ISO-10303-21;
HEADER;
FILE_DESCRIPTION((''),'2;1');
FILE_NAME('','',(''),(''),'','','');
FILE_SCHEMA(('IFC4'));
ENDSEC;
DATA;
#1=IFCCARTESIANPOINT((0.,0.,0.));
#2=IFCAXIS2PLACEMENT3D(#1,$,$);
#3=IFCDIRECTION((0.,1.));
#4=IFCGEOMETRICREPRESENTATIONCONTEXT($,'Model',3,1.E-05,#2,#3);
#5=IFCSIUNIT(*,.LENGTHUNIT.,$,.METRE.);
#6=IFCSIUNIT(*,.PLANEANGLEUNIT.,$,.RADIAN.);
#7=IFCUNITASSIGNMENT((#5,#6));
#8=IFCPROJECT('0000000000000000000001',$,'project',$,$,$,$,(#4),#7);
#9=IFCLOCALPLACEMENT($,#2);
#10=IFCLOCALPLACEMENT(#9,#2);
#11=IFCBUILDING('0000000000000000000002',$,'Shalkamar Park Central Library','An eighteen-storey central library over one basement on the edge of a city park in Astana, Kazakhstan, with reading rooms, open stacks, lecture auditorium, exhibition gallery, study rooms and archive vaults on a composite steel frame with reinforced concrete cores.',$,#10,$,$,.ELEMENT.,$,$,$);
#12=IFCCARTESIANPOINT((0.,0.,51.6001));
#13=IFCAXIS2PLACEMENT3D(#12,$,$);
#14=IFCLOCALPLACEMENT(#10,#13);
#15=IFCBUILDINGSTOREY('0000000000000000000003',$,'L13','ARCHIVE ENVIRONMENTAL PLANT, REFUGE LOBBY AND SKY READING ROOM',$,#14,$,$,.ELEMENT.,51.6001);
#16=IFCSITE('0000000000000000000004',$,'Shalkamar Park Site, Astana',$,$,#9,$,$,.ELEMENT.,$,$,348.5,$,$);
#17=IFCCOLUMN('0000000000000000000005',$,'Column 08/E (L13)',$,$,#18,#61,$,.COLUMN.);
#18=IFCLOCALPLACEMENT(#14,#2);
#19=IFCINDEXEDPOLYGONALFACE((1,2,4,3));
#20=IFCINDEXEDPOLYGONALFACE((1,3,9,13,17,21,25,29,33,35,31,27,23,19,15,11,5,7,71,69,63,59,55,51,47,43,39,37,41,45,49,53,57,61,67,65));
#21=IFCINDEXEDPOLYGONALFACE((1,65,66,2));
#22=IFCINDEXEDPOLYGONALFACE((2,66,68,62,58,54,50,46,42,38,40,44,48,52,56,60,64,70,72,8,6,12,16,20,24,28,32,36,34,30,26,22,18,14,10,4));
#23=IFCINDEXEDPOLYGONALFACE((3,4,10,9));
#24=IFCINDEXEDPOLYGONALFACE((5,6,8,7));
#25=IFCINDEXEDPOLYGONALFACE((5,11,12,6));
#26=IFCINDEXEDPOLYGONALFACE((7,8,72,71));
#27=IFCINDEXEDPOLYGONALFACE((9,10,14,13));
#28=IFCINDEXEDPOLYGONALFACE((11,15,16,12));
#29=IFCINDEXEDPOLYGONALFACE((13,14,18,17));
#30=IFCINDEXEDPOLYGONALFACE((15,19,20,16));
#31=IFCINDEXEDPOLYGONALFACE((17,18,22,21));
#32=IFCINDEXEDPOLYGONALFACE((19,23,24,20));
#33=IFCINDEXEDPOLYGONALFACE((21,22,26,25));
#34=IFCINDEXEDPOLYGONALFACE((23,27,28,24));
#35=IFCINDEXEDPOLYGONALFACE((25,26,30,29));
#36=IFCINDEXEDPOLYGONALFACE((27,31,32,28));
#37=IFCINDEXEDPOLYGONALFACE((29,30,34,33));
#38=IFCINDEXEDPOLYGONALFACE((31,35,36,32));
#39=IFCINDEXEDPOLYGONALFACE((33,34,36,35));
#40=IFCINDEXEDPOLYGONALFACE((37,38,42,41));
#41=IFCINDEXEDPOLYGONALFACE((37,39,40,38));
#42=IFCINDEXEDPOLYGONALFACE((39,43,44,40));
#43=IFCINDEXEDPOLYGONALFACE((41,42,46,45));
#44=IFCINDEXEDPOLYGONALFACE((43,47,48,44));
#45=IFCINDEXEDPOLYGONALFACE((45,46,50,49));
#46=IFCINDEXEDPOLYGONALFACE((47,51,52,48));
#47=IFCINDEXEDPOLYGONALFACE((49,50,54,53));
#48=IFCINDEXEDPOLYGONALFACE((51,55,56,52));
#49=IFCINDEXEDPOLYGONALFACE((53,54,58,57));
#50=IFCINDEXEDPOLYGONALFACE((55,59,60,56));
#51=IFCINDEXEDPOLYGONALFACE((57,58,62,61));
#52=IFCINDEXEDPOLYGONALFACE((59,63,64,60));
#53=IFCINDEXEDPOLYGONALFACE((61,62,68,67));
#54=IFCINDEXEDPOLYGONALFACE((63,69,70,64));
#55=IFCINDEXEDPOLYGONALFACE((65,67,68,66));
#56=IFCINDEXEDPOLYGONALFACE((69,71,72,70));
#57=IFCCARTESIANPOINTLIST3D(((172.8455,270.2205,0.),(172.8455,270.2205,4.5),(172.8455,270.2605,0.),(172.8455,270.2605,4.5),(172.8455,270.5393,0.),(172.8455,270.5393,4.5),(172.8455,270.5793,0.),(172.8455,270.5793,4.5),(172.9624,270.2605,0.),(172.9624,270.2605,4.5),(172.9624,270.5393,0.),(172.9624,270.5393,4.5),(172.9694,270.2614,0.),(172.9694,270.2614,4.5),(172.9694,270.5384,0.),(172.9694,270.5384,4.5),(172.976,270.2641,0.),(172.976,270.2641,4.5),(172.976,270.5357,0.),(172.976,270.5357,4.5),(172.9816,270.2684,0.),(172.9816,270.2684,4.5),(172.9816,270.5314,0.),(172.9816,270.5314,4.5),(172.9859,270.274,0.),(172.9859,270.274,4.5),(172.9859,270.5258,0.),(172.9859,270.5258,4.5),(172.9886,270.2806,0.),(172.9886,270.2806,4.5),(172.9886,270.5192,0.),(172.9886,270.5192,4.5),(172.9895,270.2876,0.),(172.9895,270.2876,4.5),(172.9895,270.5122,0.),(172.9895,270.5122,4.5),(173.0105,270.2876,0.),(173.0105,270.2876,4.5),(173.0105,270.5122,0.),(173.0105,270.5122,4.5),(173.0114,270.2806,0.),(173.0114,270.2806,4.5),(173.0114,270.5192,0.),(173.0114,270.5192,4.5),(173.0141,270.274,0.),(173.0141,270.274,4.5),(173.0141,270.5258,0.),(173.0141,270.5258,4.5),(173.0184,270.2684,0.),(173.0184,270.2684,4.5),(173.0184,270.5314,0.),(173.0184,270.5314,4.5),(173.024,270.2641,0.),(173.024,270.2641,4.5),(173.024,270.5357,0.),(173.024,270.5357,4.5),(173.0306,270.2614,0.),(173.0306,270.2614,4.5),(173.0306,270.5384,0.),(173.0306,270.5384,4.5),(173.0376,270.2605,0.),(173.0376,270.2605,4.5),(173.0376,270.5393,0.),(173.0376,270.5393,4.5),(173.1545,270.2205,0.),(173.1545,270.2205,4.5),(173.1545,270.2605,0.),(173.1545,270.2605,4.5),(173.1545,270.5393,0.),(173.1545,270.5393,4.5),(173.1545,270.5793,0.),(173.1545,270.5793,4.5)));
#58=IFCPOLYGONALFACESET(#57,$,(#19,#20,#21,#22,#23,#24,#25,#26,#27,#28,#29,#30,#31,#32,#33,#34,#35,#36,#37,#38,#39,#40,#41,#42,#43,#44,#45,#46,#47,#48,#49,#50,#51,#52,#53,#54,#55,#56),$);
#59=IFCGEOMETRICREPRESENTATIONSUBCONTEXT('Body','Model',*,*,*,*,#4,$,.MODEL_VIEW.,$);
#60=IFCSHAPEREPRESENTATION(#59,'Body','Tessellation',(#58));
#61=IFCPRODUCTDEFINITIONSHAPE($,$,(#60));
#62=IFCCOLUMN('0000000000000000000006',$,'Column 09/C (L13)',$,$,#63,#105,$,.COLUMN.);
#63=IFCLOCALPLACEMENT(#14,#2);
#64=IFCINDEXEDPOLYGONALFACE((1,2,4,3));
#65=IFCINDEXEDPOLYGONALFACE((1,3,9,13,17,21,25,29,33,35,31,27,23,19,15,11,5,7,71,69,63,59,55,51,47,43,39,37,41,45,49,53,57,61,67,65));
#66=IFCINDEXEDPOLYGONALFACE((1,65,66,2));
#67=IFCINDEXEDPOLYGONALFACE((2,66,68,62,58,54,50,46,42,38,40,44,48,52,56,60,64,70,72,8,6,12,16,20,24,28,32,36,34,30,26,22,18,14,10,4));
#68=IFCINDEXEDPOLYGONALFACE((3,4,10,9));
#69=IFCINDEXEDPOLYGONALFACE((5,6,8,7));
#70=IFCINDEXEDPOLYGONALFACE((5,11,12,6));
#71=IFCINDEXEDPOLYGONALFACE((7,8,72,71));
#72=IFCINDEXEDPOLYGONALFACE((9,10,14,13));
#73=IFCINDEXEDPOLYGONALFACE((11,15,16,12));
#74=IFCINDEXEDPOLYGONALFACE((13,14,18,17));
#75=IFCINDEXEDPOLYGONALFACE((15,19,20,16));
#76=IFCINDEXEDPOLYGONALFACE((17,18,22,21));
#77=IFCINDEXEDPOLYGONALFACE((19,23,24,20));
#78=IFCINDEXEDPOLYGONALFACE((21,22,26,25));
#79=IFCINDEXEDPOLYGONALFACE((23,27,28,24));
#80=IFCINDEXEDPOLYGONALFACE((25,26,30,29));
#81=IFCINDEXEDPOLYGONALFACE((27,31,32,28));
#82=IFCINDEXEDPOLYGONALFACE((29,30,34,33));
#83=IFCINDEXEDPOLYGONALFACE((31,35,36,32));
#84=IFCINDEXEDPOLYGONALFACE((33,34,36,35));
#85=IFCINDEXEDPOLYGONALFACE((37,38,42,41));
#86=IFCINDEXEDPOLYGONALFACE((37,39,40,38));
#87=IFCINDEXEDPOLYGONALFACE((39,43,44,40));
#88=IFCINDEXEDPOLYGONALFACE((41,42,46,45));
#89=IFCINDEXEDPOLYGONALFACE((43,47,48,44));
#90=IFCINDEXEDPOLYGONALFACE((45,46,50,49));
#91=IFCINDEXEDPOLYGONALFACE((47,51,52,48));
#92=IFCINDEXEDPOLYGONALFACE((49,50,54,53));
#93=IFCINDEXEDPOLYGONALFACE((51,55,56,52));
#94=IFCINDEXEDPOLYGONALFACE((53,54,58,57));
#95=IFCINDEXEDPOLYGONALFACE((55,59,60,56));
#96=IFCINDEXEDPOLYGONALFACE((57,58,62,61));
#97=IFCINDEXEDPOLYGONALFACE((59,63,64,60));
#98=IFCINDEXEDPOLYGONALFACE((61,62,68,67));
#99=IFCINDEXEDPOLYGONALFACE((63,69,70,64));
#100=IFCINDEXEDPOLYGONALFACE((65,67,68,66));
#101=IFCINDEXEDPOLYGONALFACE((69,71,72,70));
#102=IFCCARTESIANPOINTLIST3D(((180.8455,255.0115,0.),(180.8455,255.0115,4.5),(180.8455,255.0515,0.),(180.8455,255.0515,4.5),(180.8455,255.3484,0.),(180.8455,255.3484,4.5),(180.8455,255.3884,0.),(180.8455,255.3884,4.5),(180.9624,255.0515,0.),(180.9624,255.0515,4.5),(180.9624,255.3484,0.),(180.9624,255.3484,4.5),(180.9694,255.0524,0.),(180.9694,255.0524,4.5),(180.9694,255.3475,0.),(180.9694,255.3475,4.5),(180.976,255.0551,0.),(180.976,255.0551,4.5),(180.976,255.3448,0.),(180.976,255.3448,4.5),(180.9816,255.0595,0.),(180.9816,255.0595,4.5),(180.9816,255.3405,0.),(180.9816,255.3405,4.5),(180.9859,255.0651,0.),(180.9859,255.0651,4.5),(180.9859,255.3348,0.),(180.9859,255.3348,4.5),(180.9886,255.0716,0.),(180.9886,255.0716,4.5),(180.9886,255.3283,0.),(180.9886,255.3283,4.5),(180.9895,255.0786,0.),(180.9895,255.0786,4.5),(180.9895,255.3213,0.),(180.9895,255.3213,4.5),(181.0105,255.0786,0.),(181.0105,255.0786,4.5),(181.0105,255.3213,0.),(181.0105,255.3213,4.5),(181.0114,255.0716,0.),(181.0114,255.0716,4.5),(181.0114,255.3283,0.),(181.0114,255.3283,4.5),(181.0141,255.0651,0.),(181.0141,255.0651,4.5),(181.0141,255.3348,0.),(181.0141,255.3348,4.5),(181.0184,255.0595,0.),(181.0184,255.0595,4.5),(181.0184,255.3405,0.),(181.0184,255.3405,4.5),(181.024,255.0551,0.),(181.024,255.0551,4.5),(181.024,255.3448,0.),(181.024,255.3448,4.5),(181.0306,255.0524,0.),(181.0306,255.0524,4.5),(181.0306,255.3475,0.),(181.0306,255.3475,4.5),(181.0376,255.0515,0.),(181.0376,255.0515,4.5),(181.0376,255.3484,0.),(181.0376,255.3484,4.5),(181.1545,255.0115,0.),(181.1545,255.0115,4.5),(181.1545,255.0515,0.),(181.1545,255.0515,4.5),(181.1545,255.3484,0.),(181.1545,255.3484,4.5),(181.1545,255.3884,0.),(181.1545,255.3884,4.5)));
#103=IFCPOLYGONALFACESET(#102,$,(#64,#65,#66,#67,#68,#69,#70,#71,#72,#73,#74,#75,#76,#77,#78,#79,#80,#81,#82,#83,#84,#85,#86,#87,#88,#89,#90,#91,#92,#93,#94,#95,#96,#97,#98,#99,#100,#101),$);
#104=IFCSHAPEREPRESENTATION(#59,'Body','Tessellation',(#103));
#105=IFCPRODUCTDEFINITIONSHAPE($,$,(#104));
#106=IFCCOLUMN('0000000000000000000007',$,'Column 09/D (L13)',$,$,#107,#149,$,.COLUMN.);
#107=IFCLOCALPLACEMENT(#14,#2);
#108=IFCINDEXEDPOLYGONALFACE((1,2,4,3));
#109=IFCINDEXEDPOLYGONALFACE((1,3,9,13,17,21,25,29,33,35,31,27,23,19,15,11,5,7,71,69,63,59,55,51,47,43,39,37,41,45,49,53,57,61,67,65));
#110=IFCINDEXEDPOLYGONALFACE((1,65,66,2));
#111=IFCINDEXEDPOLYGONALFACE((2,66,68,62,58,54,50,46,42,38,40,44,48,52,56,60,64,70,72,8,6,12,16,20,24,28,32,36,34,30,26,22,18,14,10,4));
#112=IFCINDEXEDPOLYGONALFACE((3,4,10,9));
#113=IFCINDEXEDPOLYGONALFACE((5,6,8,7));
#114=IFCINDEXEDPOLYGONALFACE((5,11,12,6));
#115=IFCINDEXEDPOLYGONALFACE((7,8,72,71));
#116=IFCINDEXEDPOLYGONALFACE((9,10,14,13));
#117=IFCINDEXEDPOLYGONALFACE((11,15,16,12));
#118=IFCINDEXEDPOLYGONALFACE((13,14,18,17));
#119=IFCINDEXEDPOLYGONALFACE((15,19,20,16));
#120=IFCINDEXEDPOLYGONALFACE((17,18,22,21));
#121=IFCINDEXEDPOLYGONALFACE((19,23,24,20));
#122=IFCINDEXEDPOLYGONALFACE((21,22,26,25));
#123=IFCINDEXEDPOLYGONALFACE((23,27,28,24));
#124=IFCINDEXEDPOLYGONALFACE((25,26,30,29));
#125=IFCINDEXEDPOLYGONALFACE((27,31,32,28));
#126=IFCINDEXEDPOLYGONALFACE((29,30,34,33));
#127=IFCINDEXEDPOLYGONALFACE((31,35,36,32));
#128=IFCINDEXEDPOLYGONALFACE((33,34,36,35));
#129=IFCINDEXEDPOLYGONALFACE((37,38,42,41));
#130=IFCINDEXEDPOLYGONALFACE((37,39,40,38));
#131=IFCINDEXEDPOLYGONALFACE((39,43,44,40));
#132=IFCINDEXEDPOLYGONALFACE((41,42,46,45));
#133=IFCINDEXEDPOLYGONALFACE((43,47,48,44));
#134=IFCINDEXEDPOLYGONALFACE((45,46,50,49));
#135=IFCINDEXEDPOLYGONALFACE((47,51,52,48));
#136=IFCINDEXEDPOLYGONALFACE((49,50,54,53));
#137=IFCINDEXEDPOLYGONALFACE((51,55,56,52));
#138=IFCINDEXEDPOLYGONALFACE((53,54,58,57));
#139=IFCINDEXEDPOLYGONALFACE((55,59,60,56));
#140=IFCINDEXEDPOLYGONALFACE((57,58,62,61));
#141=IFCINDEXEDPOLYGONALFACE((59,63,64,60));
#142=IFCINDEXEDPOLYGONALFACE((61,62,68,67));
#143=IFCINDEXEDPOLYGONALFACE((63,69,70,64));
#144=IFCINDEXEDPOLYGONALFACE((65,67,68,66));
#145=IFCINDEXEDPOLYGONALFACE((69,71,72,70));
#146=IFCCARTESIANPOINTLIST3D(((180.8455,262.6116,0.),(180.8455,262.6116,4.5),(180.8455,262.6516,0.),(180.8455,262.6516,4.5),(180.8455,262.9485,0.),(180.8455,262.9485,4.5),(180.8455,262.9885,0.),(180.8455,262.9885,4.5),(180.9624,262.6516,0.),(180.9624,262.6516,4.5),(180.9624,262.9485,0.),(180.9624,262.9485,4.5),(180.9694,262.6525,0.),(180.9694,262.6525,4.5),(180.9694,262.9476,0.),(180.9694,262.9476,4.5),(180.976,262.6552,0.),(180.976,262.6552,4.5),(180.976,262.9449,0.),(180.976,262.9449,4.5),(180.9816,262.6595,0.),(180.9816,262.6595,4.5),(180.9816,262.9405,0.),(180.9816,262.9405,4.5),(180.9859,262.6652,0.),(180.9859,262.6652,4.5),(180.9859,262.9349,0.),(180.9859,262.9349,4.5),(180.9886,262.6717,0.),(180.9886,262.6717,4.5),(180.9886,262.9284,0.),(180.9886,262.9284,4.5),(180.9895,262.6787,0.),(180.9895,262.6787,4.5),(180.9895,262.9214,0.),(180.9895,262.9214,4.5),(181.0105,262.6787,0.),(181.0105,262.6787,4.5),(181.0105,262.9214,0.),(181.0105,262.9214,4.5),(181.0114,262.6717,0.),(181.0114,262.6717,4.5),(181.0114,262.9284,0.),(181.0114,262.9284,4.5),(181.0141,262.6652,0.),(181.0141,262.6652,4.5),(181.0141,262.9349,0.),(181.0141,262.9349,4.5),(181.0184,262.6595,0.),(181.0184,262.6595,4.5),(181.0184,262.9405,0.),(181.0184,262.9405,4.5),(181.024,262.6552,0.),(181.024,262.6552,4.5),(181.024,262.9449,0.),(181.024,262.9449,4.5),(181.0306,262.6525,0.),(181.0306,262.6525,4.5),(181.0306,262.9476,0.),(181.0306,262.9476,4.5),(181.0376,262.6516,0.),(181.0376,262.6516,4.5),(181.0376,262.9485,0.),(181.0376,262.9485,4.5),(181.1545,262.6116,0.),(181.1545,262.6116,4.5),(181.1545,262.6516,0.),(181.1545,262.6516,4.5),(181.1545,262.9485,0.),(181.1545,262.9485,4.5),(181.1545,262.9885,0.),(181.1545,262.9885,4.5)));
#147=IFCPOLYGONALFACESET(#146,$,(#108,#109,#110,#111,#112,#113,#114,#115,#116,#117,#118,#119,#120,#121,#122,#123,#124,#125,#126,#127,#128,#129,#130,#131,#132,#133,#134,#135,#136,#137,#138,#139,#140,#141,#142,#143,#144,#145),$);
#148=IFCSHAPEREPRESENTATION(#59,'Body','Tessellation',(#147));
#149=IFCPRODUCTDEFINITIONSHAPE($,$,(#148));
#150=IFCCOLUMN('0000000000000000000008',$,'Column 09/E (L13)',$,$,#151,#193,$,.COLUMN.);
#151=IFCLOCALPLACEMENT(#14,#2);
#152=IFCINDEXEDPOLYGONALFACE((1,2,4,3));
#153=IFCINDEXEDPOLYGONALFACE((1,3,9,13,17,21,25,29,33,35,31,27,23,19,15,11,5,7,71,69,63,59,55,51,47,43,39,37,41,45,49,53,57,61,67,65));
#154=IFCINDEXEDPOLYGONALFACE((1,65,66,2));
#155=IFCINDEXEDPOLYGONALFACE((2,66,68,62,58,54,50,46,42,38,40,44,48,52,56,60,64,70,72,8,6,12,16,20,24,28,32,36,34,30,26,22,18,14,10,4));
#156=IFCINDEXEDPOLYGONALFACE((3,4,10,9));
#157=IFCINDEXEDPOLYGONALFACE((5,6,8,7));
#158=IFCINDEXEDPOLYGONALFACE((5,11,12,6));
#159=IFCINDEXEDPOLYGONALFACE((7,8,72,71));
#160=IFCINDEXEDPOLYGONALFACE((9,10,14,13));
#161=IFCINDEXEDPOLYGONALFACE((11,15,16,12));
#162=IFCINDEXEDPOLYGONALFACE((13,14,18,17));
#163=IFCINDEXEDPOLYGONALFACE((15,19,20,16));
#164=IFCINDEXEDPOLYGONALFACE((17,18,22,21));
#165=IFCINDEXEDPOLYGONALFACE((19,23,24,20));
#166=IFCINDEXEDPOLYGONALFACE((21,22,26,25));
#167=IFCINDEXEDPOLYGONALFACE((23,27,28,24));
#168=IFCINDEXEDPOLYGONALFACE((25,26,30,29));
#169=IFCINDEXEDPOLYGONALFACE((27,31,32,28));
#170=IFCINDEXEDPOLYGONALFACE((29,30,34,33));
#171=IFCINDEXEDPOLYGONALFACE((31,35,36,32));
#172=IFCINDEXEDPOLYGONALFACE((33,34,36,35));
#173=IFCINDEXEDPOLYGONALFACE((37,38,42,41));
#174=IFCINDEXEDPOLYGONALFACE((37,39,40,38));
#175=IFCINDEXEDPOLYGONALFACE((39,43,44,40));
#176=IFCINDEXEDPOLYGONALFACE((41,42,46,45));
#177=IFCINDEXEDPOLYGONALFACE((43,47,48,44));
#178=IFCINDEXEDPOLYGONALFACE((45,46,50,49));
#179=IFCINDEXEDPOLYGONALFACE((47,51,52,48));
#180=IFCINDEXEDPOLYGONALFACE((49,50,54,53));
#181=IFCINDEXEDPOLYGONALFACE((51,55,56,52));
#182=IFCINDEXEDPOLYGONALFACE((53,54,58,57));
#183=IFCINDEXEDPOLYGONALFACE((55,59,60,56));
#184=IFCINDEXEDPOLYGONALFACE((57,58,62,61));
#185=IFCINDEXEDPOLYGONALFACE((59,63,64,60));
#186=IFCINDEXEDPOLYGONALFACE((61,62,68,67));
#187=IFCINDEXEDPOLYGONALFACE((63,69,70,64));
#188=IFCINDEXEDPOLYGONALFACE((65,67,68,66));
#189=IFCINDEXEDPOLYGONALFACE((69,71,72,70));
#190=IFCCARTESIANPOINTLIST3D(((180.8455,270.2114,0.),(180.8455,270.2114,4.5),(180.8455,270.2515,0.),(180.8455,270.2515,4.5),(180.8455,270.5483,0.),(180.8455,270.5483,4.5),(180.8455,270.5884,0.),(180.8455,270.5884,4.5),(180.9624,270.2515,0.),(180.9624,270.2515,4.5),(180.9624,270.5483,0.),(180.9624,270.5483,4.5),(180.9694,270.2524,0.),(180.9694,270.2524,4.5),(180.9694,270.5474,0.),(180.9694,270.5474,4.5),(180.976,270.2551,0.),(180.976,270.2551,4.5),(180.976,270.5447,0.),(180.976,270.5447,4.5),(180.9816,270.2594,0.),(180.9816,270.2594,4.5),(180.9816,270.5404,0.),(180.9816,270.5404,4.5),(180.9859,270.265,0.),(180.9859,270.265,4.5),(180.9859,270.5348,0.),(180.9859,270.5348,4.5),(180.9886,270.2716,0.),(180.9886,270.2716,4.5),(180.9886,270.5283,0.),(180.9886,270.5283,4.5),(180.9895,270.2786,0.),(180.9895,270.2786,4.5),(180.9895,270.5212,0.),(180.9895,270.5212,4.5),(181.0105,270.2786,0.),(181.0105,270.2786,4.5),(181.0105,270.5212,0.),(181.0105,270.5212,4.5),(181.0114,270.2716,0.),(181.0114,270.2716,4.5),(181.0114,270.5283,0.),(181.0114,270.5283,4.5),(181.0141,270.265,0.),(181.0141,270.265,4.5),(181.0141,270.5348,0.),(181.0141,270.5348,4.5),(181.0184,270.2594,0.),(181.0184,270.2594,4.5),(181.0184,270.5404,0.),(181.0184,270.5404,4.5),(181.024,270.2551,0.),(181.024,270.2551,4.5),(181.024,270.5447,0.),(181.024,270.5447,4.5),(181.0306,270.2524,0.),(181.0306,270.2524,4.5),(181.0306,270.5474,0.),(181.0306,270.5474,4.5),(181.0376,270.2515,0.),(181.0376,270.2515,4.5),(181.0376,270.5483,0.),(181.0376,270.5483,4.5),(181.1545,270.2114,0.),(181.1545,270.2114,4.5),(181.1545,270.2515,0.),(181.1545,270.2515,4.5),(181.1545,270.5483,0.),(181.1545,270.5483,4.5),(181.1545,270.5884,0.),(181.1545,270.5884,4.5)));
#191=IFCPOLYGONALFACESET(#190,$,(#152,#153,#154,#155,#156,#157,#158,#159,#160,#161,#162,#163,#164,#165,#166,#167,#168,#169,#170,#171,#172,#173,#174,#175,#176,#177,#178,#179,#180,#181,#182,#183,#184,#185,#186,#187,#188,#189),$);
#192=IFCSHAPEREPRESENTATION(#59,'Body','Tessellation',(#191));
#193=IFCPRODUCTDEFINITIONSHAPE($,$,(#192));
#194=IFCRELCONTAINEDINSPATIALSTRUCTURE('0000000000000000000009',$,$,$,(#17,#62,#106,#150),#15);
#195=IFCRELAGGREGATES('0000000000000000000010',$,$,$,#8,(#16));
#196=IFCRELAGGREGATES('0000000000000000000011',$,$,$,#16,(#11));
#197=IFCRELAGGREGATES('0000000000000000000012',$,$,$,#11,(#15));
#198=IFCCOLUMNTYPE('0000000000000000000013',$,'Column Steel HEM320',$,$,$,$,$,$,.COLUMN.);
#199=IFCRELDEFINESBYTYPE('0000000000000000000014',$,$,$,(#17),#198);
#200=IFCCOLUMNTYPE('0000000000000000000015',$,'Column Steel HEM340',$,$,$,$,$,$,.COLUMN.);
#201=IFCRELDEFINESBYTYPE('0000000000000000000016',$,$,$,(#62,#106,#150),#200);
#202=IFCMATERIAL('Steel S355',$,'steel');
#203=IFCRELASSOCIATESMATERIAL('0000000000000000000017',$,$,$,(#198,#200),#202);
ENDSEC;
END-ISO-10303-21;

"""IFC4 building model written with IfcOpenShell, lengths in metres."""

from ifc_helpers import new_model, si_unit, direction, frame, origin, origin_2d, place, context, subcontext, project, spatial, i_section, extrude, material, material_profile, profile_set, type_object, element, save


model = new_model("IFC4")

# Units and contexts
model_context = context("Model", 3, precision=1e-05, world=origin(), true_north=direction((0.0, 1.0)))
body_context = subcontext(model_context, "Body", "Model", "MODEL_VIEW")
ifc_project = project(units=[si_unit("LENGTHUNIT", "METRE"), si_unit("PLANEANGLEUNIT", "RADIAN")], contexts=[model_context])

# Site, building, storey
site_placement = place(None, origin())
site = spatial("IfcSite", under=ifc_project, at=site_placement, Name="Shalkamar Park Site, Astana", CompositionType="ELEMENT", RefElevation=348.5)
building_placement = place(site_placement, origin())
building = spatial("IfcBuilding", under=site, at=building_placement, Name="Shalkamar Park Central Library", Description="An eighteen-storey central library over one basement on the edge of a city park in Astana, Kazakhstan, with reading rooms, open stacks, lecture auditorium, exhibition gallery, study rooms and archive vaults on a composite steel frame with reinforced concrete cores.", CompositionType="ELEMENT")
storey_placement = place(building_placement, frame((0.0, 0.0, 51.6001)))
storey = spatial("IfcBuildingStorey", under=building, at=storey_placement, Name="L13", Description="ARCHIVE ENVIRONMENTAL PLANT, REFUGE LOBBY AND SKY READING ROOM", CompositionType="ELEMENT", Elevation=51.6001)

# Columns
ifc_material_1 = material(Name="Steel S355", Category="steel")
ifc_material_profile_1 = material_profile(ifc_material_1, i_section(OverallWidth=0.3091, OverallDepth=0.3589, WebThickness=0.021, FlangeThickness=0.04, FilletRadius=0.0271, at=origin_2d()), Name="HEM 320")
ifc_profile_set_1 = profile_set([ifc_material_profile_1], Name="Steel S355")
column_type_1 = type_object("IfcColumnType", Name="Column Steel HEM320", PredefinedType="COLUMN", material=ifc_profile_set_1)
column_placement = place(storey_placement, frame((173.0, 270.3999, 0.0), z_axis=(0.0, 0.0, 1.0), x_axis=(1.0, 0.0, 0.0)))
element("IfcColumn", 1, at=column_placement, inside=storey, type_object=column_type_1, Name="Column 08/E (L13)", PredefinedType="COLUMN", context=body_context, shape_type="SweptSolid", body=[
    extrude(i_section(OverallWidth=0.3091, OverallDepth=0.3589, WebThickness=0.021, FlangeThickness=0.04, FilletRadius=0.0271, at=origin_2d()), origin(), (0.0, 0.0, 1.0), 4.5),
])
ifc_material_profile_2 = material_profile(ifc_material_1, i_section(OverallWidth=0.3091, OverallDepth=0.377, WebThickness=0.021, FlangeThickness=0.04, FilletRadius=0.0271, at=origin_2d()), Name="HEM 340")
ifc_profile_set_2 = profile_set([ifc_material_profile_2], Name="Steel S355")
column_type_2 = type_object("IfcColumnType", Name="Column Steel HEM340", PredefinedType="COLUMN", material=ifc_profile_set_2)
for number, where, z_axis, x_axis, name in (
    (2, (181.0, 255.2, 0.0), (0.0, 0.0, 1.0), (1.0, 0.0, 0.0), "Column 09/C (L13)"),
    (3, (181.0, 262.8, 0.0), (0.0, 0.0, 1.0), (1.0, 0.0, 0.0), "Column 09/D (L13)"),
    (4, (181.0, 270.3999, 0.0), (0.0, 0.0, 1.0), (1.0, 0.0, 0.0), "Column 09/E (L13)"),
):
    element("IfcColumn", number, at=place(storey_placement, frame(where, z_axis=z_axis, x_axis=x_axis)), inside=storey, type_object=column_type_2, Name=name, PredefinedType="COLUMN", context=body_context, shape_type="SweptSolid", body=[
        extrude(i_section(OverallWidth=0.3091, OverallDepth=0.377, WebThickness=0.021, FlangeThickness=0.04, FilletRadius=0.0271, at=origin_2d()), origin(), (0.0, 0.0, 1.0), 4.5),
    ])

save(model, "model.ifc")
